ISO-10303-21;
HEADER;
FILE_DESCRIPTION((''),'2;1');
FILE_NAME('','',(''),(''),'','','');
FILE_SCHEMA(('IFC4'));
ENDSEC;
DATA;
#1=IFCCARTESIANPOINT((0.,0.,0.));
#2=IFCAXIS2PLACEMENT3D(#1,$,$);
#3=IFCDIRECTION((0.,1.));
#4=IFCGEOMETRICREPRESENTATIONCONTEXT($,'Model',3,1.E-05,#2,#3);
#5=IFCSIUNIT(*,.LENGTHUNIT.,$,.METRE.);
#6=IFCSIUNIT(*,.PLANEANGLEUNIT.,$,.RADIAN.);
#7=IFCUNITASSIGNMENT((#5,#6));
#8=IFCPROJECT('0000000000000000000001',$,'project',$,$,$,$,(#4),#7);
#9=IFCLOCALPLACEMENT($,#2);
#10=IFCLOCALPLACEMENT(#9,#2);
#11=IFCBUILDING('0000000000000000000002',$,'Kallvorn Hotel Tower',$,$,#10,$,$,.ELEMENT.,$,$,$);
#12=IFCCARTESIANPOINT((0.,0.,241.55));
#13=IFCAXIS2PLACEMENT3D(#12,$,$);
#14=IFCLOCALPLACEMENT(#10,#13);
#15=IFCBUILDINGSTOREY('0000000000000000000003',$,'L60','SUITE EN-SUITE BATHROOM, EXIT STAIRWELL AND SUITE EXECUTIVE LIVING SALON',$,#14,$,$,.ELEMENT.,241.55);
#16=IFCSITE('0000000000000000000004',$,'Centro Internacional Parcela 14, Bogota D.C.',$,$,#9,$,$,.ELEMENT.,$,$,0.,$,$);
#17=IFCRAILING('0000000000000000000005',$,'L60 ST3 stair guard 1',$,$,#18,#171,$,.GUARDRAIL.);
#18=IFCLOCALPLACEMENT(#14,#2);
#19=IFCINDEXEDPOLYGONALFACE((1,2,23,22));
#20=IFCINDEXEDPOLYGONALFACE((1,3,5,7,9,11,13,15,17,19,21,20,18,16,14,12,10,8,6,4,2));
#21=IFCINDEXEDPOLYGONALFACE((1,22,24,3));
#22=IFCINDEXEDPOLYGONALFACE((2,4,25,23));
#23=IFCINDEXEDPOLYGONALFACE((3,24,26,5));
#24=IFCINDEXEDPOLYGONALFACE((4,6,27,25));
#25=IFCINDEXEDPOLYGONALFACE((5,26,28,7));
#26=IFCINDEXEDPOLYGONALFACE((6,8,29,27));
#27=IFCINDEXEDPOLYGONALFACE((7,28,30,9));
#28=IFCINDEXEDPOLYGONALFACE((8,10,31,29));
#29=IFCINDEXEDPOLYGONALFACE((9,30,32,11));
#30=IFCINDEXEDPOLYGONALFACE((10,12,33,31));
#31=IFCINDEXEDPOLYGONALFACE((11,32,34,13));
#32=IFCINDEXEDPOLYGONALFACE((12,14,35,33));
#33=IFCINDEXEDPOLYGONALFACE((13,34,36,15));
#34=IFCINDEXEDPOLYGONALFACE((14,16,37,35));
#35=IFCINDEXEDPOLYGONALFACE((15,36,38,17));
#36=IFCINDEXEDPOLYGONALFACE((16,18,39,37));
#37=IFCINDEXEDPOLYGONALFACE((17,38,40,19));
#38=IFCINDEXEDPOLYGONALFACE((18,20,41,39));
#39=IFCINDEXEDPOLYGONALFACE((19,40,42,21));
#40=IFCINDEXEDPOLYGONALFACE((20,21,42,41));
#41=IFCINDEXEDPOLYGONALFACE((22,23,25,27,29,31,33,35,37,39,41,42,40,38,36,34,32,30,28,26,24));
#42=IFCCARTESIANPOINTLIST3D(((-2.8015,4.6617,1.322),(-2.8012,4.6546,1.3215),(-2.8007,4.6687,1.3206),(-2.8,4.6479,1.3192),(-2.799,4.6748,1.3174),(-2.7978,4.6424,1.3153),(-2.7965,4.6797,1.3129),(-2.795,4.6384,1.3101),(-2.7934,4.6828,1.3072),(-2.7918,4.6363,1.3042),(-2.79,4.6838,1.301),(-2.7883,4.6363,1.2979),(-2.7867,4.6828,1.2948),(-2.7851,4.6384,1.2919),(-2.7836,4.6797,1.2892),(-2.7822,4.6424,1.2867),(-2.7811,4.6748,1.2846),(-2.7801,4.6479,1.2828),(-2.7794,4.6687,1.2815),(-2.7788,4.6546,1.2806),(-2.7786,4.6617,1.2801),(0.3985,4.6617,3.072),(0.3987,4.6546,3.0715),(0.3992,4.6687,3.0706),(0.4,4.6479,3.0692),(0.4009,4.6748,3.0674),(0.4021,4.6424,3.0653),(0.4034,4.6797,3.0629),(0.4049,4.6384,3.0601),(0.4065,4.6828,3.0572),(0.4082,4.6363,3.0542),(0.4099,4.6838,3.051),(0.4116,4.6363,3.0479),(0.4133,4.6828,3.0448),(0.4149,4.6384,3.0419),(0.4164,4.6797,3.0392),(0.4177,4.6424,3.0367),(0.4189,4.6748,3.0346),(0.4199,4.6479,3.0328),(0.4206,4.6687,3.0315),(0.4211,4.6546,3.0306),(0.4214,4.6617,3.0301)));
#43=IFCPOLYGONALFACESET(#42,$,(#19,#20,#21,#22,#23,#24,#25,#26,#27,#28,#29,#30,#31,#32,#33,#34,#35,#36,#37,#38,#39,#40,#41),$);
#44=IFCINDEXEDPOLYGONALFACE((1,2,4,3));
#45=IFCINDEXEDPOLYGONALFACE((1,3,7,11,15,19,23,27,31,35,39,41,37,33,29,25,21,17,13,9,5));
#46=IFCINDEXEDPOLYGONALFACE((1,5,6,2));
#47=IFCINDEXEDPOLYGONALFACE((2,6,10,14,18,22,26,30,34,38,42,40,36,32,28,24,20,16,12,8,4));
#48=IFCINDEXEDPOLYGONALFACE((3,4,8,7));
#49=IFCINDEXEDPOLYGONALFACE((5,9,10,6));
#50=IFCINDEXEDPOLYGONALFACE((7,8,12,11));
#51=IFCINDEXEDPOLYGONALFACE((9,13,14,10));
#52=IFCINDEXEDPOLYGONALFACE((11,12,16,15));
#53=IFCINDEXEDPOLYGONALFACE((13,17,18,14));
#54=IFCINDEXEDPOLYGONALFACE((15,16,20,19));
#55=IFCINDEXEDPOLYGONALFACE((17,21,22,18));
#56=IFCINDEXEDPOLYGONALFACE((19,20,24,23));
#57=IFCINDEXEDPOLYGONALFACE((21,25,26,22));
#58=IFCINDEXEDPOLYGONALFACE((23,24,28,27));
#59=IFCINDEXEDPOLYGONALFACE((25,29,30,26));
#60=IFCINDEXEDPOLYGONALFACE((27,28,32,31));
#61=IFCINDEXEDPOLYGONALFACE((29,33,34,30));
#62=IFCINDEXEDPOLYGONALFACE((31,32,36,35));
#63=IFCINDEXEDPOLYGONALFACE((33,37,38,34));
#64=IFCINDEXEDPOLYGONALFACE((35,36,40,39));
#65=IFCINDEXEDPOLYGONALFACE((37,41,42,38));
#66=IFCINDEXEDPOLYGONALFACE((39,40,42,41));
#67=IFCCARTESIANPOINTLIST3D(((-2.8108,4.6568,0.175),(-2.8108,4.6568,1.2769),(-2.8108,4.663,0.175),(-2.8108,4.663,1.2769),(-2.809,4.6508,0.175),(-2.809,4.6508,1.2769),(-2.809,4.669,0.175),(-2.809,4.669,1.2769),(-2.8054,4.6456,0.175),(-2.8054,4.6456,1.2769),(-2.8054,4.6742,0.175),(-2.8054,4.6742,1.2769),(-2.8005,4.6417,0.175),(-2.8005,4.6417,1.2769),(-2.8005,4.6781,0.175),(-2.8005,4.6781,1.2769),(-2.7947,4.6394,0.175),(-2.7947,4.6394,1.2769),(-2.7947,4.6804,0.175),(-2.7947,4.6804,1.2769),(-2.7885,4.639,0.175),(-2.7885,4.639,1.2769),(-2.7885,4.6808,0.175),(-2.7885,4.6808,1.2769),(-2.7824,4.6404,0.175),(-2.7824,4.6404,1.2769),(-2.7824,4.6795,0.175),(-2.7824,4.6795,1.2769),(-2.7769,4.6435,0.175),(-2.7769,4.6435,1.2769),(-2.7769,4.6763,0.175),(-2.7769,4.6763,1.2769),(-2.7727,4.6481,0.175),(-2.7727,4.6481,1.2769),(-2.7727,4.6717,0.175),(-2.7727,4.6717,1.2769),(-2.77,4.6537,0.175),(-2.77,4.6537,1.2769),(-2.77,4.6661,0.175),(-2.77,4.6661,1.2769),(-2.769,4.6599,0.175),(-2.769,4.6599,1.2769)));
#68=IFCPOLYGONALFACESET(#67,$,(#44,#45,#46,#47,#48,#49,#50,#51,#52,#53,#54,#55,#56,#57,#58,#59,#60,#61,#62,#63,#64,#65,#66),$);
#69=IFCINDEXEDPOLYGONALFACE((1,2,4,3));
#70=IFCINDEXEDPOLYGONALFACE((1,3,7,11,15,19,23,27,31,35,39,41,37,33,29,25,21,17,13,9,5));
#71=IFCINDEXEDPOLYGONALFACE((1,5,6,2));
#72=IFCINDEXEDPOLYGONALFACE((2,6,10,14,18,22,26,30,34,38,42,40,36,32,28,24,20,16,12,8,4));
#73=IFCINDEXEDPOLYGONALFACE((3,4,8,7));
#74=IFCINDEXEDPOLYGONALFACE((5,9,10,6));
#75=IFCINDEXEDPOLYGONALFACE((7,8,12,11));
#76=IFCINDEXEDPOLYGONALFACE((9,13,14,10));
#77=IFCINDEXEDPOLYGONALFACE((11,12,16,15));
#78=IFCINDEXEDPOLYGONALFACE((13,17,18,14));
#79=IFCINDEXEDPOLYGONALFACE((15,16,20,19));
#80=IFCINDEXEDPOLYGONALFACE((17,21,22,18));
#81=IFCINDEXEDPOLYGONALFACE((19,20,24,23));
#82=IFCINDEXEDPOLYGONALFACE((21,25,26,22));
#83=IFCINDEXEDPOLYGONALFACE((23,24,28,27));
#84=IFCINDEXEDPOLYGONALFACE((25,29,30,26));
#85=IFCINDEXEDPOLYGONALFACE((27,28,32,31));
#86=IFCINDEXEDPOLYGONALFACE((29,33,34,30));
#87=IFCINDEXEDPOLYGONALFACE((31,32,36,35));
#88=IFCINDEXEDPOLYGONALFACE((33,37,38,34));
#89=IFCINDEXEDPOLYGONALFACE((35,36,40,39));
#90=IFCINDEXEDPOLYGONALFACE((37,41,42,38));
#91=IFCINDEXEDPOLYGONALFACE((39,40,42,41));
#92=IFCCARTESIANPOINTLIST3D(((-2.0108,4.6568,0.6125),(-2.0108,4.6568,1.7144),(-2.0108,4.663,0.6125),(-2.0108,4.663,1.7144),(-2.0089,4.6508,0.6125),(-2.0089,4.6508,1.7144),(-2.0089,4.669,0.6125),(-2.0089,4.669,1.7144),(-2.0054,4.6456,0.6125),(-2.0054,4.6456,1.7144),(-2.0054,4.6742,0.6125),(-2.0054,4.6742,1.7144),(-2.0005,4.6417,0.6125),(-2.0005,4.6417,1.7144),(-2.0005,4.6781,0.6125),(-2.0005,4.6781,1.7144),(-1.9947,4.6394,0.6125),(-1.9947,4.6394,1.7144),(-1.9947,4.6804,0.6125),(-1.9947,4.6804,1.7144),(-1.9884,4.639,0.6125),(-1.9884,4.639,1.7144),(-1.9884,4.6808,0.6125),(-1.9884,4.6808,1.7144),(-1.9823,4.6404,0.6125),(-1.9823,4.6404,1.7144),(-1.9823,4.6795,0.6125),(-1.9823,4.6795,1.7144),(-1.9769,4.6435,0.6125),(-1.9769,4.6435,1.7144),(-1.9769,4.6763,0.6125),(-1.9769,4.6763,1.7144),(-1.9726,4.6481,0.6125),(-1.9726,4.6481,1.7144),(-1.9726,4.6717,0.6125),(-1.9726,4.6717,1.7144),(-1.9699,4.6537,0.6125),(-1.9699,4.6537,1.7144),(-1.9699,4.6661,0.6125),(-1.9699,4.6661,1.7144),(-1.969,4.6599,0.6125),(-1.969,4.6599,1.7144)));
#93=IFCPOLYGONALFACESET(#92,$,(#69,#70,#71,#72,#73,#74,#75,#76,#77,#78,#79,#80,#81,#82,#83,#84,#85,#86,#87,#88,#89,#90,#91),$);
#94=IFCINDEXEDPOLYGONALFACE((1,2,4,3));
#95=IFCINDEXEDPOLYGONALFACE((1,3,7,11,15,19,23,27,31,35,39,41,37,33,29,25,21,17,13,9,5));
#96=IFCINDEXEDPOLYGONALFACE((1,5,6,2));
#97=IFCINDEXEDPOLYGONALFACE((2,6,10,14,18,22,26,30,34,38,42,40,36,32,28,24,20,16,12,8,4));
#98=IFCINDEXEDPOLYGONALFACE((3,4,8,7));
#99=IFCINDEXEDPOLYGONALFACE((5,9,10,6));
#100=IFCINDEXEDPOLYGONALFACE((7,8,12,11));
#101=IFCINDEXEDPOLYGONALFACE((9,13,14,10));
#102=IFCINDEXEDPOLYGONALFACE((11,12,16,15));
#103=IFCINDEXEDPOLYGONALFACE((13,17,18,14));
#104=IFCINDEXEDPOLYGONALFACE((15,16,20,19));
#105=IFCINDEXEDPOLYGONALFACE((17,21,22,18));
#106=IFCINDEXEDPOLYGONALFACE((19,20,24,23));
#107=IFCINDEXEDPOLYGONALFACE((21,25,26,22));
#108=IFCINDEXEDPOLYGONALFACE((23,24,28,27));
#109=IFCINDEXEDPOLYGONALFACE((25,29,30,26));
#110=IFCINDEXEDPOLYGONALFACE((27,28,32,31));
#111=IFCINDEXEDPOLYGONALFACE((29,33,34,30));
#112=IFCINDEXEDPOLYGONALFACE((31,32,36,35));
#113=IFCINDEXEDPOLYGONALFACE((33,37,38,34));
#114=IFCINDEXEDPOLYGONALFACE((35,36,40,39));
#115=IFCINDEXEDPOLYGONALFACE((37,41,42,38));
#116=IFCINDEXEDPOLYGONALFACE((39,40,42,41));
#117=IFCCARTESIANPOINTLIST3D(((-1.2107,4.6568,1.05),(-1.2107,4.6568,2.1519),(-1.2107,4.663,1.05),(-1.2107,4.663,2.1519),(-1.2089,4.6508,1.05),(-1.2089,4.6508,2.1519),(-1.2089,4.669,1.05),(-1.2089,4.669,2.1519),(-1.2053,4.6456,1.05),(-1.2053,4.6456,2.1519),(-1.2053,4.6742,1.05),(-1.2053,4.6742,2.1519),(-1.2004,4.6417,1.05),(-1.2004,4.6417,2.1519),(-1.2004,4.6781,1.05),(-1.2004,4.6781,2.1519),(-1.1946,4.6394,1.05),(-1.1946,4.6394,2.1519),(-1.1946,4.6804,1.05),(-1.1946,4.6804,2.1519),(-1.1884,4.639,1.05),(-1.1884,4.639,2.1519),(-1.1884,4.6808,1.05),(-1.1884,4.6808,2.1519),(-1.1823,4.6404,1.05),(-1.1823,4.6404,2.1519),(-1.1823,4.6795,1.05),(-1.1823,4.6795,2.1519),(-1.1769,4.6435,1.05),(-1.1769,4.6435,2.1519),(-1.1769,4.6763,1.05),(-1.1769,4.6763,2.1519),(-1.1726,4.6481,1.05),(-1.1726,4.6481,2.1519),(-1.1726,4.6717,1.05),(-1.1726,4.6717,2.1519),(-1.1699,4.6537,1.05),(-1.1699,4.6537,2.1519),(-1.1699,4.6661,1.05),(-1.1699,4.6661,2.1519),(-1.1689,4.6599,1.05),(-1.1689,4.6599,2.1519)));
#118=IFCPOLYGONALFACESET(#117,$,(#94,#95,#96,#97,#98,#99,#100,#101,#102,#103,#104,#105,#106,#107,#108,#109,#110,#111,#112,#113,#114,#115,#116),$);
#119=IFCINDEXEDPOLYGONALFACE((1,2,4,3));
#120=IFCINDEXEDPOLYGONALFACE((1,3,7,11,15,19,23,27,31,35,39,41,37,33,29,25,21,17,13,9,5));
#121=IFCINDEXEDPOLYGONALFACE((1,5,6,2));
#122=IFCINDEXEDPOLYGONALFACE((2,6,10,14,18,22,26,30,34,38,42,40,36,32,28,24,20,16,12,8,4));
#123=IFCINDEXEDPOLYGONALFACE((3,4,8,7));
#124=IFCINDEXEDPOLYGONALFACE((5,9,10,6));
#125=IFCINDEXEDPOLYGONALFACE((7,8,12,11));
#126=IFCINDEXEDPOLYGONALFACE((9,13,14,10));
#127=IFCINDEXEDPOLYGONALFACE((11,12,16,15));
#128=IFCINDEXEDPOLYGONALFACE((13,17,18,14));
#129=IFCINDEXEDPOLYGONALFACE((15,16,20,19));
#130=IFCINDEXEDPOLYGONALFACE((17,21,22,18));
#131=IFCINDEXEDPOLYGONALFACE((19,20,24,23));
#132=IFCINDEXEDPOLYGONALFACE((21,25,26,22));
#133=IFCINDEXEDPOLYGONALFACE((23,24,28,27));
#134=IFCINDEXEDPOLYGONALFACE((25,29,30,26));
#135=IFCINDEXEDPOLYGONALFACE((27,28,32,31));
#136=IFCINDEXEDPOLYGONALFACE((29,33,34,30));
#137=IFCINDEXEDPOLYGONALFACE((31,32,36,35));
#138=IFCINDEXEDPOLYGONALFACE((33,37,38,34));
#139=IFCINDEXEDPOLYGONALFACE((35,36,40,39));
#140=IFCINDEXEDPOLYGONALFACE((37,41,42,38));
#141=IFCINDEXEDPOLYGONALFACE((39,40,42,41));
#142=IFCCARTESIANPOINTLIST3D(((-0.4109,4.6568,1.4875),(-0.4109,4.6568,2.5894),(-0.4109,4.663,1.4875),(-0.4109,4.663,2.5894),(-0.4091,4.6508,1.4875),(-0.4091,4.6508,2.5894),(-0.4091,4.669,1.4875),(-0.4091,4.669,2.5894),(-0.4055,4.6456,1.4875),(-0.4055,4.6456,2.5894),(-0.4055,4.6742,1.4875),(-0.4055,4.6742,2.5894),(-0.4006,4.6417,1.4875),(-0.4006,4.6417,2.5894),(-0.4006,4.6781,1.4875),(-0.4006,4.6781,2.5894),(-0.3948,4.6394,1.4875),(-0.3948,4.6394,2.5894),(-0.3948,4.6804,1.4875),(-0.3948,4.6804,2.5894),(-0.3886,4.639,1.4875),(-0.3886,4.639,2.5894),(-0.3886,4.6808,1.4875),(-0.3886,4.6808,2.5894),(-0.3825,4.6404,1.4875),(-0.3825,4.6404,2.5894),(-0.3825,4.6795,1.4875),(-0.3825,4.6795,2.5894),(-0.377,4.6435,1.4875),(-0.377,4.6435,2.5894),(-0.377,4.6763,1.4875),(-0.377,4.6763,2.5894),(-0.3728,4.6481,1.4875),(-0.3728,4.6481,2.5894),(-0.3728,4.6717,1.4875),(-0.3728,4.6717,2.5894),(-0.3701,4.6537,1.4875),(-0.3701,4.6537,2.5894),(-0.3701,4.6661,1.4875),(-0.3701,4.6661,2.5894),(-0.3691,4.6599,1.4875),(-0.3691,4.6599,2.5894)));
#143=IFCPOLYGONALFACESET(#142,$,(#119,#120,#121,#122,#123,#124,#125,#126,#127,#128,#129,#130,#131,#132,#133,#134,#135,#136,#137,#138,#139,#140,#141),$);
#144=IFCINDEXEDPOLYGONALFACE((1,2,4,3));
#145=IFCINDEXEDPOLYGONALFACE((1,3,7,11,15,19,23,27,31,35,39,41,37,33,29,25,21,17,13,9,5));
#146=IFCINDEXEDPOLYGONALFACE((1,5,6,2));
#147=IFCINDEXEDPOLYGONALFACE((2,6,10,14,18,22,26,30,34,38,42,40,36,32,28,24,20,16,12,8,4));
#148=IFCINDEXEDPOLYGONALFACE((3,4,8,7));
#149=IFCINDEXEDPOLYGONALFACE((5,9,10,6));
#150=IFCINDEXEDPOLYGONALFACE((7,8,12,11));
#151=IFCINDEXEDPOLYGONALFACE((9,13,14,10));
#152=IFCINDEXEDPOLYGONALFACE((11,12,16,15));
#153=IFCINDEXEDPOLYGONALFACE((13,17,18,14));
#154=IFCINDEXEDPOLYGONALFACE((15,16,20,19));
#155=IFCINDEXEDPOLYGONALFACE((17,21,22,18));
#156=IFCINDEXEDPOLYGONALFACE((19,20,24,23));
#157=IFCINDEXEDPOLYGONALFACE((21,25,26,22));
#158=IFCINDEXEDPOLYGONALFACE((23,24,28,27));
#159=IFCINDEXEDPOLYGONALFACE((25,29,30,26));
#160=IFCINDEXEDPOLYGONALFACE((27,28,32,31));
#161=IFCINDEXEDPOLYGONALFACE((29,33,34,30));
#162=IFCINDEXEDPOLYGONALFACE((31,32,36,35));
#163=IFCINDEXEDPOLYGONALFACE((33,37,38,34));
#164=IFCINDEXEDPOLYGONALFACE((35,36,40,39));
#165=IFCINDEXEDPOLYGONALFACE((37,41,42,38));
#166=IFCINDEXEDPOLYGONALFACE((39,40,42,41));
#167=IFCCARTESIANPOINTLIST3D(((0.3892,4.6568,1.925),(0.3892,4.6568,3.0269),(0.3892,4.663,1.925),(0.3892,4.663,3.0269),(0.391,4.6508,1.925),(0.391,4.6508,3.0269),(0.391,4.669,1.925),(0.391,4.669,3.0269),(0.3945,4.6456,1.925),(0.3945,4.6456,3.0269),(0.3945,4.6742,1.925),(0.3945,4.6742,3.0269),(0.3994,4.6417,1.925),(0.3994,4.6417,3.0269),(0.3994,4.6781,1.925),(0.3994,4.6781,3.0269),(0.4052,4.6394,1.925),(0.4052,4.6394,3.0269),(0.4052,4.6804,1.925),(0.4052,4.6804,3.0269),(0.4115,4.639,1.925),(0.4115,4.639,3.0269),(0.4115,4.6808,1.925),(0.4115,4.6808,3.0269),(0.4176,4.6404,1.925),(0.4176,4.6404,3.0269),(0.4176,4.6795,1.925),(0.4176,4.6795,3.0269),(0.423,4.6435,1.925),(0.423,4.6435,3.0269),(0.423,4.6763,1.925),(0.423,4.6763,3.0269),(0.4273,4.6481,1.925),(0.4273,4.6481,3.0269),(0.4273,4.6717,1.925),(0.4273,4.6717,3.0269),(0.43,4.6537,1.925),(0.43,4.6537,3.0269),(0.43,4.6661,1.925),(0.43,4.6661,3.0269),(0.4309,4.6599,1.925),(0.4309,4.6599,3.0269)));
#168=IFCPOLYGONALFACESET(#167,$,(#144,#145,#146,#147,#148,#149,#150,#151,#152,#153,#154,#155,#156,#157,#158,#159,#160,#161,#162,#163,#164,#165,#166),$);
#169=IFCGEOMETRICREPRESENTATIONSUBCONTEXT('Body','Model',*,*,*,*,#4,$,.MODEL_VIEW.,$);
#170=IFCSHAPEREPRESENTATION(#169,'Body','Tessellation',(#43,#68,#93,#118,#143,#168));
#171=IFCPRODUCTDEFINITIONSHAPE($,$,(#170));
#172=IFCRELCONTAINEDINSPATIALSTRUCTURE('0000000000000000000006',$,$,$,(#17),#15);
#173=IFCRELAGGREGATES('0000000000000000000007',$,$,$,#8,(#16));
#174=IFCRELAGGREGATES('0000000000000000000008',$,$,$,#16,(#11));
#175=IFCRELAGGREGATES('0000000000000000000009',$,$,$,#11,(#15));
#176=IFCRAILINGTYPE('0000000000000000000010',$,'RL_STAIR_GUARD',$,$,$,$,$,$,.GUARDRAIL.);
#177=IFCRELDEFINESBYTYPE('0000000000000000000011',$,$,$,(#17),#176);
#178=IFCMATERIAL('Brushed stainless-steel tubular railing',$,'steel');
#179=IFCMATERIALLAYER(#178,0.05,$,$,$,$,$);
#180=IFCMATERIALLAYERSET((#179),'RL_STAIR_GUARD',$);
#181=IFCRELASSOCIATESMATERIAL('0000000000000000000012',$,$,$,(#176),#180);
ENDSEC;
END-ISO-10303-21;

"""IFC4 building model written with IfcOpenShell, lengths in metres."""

from ifc_helpers import new_model, si_unit, direction, frame, origin, origin_2d, place, context, subcontext, project, spatial, circle, extrude, material, layer, layer_set, type_object, element, save


model = new_model("IFC4")

# Units and contexts
model_context = context("Model", 3, precision=1e-05, world=origin(), true_north=direction((0.0, 1.0)))
body_context = subcontext(model_context, "Body", "Model", "MODEL_VIEW")
ifc_project = project(units=[si_unit("LENGTHUNIT", "METRE"), si_unit("PLANEANGLEUNIT", "RADIAN")], contexts=[model_context])

# Site, building, storey
site_placement = place(None, origin())
site = spatial("IfcSite", under=ifc_project, at=site_placement, Name="Centro Internacional Parcela 14, Bogota D.C.", CompositionType="ELEMENT", RefElevation=0.0)
building_placement = place(site_placement, origin())
building = spatial("IfcBuilding", under=site, at=building_placement, Name="Kallvorn Hotel Tower", CompositionType="ELEMENT")
storey_placement = place(building_placement, frame((0.0, 0.0, 241.55)))
storey = spatial("IfcBuildingStorey", under=building, at=storey_placement, Name="L60", Description="SUITE EN-SUITE BATHROOM, EXIT STAIRWELL AND SUITE EXECUTIVE LIVING SALON", CompositionType="ELEMENT", Elevation=241.55)

# Railing
ifc_material_1 = material(Name="Brushed stainless-steel tubular railing", Category="steel")
ifc_layer_1 = layer(ifc_material_1, 0.05)
ifc_layer_set_1 = layer_set([ifc_layer_1], Name="RL_STAIR_GUARD")
railing_type_1 = type_object("IfcRailingType", Name="RL_STAIR_GUARD", PredefinedType="GUARDRAIL", material=ifc_layer_set_1)
railing_1_placement = place(storey_placement, frame((-2.79, 4.6599, 0.175)))
element("IfcRailing", 1, at=railing_1_placement, inside=storey, type_object=railing_type_1, Name="L60 ST3 stair guard 1", PredefinedType="GUARDRAIL", context=body_context, shape_type="SweptSolid", body=[
    extrude(circle(Radius=0.0239, at=origin_2d()), frame((0.0, 0.0, 1.126), z_axis=(0.877368, 0.0, 0.479818), x_axis=(0.0, 1.0, 0.0)), (0.0, 0.0, 1.0), 3.6472),
    extrude(circle(Radius=0.021, at=origin_2d()), origin(), (0.0, 0.0, 1.0), 1.1018),
    extrude(circle(Radius=0.021, at=origin_2d()), frame((0.8, 0.0, 0.4375)), (0.0, 0.0, 1.0), 1.1018),
    extrude(circle(Radius=0.021, at=origin_2d()), frame((1.6001, 0.0, 0.875)), (0.0, 0.0, 1.0), 1.1018),
    extrude(circle(Radius=0.021, at=origin_2d()), frame((2.3999, 0.0, 1.3125)), (0.0, 0.0, 1.0), 1.1018),
    extrude(circle(Radius=0.021, at=origin_2d()), frame((3.2, 0.0, 1.75)), (0.0, 0.0, 1.0), 1.1018),
])

save(model, "model.ifc")
